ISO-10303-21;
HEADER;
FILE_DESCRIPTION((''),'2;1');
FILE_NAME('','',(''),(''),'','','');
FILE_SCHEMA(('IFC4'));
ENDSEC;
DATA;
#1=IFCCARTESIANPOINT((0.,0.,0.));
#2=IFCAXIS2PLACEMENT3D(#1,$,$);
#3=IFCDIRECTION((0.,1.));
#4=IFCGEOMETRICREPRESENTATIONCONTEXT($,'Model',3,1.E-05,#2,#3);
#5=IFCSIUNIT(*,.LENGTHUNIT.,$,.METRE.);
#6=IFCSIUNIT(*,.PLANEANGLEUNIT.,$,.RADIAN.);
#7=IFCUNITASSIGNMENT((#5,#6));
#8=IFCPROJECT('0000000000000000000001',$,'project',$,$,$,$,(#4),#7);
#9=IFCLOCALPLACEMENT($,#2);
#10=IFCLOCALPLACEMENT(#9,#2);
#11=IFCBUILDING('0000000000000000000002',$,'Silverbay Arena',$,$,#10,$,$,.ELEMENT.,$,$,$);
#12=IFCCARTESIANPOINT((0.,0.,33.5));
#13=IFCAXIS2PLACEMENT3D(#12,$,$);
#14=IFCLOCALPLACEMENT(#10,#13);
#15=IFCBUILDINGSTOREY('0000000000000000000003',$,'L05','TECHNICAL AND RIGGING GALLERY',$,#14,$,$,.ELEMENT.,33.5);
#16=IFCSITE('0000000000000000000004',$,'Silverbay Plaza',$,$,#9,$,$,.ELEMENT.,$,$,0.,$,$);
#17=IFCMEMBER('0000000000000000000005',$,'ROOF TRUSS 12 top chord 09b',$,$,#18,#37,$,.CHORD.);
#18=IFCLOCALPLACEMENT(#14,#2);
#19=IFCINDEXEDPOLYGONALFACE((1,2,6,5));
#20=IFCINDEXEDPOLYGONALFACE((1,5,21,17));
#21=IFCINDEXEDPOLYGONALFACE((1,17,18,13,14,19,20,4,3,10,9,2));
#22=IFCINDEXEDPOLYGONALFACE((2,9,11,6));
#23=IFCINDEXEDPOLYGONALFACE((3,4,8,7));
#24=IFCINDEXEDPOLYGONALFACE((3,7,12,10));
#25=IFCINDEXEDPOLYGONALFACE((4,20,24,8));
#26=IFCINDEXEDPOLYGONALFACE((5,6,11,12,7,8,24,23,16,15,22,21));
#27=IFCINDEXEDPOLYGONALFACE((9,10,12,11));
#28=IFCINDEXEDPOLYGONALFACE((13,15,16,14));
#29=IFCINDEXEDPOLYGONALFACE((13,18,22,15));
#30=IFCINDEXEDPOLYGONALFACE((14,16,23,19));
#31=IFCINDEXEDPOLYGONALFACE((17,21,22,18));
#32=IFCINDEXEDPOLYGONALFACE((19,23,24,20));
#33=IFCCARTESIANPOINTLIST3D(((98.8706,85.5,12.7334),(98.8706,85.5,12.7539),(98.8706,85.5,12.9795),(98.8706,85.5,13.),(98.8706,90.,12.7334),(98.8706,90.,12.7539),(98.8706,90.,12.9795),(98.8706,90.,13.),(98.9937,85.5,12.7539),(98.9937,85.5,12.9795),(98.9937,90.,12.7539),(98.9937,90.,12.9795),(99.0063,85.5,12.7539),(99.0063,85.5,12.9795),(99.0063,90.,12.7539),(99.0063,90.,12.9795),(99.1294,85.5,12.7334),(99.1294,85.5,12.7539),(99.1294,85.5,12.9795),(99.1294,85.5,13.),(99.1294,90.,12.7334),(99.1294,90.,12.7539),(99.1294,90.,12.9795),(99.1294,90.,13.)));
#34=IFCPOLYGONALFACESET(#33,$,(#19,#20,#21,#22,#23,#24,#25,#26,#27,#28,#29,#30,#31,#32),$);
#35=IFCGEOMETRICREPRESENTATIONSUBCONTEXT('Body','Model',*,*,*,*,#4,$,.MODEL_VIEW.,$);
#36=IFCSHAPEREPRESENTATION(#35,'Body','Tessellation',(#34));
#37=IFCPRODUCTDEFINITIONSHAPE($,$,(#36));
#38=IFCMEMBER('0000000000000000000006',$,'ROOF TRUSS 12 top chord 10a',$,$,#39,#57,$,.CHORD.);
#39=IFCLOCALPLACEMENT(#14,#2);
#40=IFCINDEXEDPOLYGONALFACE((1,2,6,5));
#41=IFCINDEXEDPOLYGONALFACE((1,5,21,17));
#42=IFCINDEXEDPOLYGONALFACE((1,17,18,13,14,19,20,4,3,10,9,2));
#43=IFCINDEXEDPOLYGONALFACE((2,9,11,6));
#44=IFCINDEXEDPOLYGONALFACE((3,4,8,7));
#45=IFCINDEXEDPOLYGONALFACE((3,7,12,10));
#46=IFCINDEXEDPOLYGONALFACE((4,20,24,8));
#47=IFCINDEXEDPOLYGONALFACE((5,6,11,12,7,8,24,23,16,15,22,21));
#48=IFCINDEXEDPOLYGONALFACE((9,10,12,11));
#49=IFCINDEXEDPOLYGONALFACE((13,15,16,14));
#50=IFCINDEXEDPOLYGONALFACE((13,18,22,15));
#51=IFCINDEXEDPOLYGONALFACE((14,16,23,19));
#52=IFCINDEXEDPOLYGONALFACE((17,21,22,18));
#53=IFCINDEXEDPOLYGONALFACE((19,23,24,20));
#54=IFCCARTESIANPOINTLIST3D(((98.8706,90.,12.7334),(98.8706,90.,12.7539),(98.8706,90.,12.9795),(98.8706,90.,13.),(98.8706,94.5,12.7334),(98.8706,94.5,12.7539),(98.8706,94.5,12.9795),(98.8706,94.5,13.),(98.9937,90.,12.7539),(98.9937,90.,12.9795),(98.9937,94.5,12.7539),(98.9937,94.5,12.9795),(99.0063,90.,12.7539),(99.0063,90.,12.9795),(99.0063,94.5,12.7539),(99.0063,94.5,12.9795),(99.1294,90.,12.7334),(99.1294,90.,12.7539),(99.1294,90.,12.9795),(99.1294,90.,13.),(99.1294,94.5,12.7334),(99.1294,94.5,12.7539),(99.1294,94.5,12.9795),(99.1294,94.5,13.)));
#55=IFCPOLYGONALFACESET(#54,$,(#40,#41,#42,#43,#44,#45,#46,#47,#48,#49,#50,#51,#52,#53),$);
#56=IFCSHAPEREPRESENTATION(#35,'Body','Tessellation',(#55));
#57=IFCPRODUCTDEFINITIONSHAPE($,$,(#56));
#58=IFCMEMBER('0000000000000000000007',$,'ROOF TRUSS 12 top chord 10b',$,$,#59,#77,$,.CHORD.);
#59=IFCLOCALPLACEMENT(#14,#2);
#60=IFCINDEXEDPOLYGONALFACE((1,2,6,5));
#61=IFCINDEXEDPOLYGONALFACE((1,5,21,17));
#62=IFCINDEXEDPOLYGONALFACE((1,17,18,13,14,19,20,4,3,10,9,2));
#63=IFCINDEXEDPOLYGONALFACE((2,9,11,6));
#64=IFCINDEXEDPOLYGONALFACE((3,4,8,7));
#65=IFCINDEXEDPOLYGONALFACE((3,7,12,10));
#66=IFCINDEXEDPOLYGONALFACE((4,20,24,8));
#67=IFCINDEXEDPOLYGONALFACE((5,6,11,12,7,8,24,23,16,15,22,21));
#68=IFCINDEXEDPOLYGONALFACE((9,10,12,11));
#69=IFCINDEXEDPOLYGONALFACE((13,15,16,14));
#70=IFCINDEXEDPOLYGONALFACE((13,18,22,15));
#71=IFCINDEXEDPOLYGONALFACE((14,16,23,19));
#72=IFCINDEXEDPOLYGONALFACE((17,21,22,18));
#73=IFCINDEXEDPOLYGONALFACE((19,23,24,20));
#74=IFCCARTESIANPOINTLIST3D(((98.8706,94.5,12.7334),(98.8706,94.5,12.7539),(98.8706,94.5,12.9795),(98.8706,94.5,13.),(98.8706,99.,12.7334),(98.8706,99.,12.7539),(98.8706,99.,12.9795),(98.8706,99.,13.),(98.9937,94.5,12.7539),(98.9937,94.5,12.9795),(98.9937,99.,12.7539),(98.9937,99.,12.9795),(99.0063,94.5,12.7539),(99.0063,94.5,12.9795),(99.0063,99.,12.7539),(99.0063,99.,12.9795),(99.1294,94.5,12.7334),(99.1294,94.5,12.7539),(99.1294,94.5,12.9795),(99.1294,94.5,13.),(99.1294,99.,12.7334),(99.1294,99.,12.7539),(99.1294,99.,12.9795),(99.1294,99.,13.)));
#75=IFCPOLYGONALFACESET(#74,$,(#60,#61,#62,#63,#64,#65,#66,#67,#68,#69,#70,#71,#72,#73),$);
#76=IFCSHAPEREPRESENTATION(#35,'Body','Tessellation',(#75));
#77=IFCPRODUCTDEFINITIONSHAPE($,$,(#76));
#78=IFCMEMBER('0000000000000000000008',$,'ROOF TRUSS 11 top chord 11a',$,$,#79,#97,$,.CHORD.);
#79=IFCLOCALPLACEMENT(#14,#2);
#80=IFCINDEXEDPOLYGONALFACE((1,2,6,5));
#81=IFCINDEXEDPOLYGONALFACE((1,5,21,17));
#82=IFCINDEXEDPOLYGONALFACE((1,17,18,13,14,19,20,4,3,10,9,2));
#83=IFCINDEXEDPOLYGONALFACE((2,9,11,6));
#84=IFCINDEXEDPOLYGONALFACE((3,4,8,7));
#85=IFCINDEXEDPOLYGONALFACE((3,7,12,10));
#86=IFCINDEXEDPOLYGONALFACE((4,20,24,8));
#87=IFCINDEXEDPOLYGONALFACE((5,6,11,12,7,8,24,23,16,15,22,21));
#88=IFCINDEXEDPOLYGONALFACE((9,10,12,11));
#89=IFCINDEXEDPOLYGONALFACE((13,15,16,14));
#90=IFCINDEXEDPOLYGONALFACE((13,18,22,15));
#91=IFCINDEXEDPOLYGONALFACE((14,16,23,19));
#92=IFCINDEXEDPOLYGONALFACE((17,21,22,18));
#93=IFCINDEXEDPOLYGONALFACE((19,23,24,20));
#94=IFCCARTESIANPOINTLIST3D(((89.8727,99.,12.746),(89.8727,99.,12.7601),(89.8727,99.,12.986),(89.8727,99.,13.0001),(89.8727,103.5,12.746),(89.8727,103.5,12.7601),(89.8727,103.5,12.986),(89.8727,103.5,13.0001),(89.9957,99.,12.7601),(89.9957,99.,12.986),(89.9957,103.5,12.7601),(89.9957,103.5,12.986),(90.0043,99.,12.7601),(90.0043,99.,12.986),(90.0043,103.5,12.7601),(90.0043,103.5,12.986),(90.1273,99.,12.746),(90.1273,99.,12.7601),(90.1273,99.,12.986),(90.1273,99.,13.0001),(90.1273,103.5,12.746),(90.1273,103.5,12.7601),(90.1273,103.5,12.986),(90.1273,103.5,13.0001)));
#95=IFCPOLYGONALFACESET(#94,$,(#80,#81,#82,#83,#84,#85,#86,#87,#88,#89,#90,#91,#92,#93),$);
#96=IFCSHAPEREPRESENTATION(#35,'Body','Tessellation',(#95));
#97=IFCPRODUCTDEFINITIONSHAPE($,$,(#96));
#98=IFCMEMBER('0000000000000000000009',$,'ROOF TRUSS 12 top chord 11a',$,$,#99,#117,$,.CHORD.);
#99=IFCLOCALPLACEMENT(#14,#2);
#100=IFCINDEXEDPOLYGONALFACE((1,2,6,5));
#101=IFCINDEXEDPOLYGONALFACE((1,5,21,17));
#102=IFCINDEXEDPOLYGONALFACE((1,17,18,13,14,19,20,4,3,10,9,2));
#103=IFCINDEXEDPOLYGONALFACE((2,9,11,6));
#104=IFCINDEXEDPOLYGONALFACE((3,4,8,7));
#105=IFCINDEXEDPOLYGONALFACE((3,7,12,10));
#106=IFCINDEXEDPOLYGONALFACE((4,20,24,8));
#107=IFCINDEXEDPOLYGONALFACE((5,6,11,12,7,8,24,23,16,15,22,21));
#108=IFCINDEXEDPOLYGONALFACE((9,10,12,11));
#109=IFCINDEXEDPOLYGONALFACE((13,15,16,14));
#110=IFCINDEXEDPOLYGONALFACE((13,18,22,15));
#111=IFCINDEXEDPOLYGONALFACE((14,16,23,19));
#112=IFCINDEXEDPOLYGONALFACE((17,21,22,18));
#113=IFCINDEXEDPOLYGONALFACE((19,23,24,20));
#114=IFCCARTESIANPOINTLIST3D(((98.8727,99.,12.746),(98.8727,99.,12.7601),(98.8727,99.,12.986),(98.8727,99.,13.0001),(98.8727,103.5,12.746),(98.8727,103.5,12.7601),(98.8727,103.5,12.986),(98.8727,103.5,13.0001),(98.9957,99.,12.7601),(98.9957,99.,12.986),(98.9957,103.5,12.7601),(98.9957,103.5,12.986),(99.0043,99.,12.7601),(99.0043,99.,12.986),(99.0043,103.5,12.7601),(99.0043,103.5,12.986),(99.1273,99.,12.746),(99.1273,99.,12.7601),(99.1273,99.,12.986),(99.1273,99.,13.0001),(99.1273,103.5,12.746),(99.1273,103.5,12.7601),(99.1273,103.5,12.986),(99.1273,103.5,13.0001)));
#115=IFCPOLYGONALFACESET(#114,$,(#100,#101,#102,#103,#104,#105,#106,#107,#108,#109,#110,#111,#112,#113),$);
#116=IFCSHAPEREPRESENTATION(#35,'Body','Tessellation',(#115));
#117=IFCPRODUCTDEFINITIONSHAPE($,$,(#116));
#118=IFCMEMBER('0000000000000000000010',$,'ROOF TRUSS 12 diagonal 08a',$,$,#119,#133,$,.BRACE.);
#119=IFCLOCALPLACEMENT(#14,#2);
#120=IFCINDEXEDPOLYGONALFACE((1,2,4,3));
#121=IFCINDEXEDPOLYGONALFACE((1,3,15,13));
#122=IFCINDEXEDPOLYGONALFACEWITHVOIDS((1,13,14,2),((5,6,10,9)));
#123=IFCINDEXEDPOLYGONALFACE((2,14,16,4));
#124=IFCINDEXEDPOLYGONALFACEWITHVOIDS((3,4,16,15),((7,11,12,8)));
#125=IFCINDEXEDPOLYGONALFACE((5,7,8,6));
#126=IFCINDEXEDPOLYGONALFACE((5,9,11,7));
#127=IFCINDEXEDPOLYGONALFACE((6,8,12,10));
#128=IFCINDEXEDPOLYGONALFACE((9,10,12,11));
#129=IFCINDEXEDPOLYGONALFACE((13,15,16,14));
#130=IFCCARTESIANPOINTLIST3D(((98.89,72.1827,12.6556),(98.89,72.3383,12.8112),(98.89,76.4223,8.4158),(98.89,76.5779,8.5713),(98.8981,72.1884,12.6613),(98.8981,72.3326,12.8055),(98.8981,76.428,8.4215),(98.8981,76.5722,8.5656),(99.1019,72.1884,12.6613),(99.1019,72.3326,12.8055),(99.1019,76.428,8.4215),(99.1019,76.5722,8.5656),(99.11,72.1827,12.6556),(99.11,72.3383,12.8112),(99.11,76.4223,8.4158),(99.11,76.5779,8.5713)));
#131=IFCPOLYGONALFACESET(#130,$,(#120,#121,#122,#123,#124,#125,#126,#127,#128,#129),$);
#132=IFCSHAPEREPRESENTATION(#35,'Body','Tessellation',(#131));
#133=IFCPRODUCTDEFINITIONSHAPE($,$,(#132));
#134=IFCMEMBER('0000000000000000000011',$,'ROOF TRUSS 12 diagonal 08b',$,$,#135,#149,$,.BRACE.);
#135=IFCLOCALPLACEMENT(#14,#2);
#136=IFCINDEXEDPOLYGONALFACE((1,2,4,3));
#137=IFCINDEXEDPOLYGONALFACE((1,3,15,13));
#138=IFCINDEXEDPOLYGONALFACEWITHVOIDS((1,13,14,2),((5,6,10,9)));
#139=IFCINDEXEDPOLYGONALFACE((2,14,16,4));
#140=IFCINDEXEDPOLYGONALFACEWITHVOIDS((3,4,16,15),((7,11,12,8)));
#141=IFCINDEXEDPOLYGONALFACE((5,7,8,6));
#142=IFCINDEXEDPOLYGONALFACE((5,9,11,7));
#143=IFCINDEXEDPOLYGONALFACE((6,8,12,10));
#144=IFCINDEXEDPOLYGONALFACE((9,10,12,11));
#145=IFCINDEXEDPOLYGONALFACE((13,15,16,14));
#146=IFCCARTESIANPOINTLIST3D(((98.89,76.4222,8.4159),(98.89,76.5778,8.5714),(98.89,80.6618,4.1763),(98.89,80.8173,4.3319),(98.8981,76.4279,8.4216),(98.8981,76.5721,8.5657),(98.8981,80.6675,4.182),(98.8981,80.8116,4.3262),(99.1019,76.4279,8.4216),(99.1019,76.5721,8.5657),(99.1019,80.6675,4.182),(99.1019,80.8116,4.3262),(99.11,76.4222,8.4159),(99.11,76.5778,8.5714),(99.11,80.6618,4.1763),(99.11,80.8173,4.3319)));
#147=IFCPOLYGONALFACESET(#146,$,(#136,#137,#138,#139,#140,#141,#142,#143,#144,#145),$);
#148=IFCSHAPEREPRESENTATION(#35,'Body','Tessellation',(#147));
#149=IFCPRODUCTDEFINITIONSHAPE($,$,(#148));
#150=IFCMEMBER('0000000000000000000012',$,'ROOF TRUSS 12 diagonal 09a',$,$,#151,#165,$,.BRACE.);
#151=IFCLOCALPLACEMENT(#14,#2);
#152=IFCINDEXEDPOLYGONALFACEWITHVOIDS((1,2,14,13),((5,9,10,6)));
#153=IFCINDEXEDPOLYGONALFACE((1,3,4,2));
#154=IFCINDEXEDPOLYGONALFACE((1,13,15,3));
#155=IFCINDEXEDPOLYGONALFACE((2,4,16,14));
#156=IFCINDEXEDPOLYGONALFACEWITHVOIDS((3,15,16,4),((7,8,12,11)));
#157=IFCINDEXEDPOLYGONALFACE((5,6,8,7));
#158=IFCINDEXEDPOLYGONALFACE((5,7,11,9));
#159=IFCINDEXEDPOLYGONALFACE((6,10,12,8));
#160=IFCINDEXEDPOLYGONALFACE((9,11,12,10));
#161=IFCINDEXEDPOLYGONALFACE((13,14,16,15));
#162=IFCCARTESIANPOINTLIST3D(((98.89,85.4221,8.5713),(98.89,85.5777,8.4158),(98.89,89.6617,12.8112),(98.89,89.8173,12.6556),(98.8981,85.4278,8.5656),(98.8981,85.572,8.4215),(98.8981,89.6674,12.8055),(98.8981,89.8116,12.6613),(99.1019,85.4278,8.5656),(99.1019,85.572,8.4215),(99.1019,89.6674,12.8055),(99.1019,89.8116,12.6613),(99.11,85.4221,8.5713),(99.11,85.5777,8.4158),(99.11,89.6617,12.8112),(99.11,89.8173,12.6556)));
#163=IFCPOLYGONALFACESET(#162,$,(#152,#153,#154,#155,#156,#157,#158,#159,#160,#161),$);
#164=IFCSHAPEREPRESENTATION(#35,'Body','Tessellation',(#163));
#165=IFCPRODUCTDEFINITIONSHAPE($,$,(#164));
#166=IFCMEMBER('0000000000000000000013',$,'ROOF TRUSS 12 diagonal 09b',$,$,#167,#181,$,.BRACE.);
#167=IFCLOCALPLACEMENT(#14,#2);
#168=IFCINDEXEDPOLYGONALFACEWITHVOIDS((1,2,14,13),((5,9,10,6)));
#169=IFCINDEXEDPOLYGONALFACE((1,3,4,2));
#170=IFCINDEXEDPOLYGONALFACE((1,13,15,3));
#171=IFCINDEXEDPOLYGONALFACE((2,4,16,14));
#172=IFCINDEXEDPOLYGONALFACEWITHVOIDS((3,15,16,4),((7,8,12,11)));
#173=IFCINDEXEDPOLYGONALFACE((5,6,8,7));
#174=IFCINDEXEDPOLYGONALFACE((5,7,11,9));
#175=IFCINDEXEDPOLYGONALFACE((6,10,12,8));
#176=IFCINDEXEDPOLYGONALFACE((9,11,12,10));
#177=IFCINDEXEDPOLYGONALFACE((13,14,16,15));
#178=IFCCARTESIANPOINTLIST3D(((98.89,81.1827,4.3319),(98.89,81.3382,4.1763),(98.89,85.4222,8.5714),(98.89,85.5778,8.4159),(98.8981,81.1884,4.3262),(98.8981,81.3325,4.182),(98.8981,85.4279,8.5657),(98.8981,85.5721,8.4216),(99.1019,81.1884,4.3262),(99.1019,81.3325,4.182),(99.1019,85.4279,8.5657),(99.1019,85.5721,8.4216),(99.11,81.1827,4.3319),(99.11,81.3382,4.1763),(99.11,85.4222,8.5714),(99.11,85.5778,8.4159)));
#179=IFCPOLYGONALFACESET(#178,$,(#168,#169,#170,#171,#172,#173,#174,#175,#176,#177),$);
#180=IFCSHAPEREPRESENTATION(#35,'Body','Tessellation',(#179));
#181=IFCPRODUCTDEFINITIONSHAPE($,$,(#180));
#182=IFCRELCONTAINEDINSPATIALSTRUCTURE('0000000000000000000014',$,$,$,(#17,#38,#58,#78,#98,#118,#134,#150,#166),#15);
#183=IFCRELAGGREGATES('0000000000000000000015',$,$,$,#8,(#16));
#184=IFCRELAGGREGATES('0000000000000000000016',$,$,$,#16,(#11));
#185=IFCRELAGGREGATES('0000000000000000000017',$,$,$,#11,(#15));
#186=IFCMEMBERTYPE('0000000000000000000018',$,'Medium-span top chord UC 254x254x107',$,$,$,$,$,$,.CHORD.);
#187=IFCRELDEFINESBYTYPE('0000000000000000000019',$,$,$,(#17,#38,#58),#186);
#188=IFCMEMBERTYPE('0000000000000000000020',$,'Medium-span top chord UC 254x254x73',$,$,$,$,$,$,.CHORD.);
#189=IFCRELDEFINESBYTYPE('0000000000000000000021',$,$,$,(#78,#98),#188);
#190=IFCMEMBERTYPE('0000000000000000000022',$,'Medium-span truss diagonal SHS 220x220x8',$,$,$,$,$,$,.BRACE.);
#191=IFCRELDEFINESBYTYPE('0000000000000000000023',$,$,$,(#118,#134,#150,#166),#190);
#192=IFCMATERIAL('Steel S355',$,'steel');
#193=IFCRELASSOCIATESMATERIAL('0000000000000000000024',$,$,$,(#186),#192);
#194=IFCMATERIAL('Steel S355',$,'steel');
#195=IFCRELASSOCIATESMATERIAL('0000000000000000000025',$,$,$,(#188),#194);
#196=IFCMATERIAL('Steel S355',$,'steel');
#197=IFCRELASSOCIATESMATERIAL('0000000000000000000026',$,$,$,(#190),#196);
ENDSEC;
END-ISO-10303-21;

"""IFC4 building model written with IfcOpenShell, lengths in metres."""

from ifc_helpers import new_model, si_unit, direction, frame, origin, origin_2d, place, context, subcontext, project, spatial, hollow_rectangle, i_section, extrude, material, material_profile, profile_set, type_object, element, save


model = new_model("IFC4")

# Units and contexts
model_context = context("Model", 3, precision=1e-05, world=origin(), true_north=direction((0.0, 1.0)))
body_context = subcontext(model_context, "Body", "Model", "MODEL_VIEW")
ifc_project = project(units=[si_unit("LENGTHUNIT", "METRE"), si_unit("PLANEANGLEUNIT", "RADIAN")], contexts=[model_context])

# Site, building, storey
site_placement = place(None, origin())
site = spatial("IfcSite", under=ifc_project, at=site_placement, Name="Silverbay Plaza", CompositionType="ELEMENT", RefElevation=0.0)
building_placement = place(site_placement, origin())
building = spatial("IfcBuilding", under=site, at=building_placement, Name="Silverbay Arena", CompositionType="ELEMENT")
storey_placement = place(building_placement, frame((0.0, 0.0, 33.5)))
storey = spatial("IfcBuildingStorey", under=building, at=storey_placement, Name="L05", Description="TECHNICAL AND RIGGING GALLERY", CompositionType="ELEMENT", Elevation=33.5)

# Members
ifc_material_1 = material(Name="Steel S355", Category="steel")
ifc_material_profile_1 = material_profile(ifc_material_1, i_section(OverallWidth=0.2588, OverallDepth=0.2666, WebThickness=0.0127, FlangeThickness=0.0205, at=origin_2d()), Name="UC 254x254x107")
ifc_profile_set_1 = profile_set([ifc_material_profile_1], Name="Steel S355")
member_type_1 = type_object("IfcMemberType", Name="Medium-span top chord UC 254x254x107", PredefinedType="CHORD", material=ifc_profile_set_1)
for number, where, z_axis, x_axis, name in (
    (1, (99.0, 85.5, 12.8667), (0.0, 1.0, 0.0), (-1.0, 0.0, 0.0), "ROOF TRUSS 12 top chord 09b"),
    (2, (99.0, 90.0, 12.8667), (0.0, 1.0, 0.0), (-1.0, 0.0, 0.0), "ROOF TRUSS 12 top chord 10a"),
    (3, (99.0, 94.5, 12.8667), (0.0, 1.0, 0.0), (-1.0, 0.0, 0.0), "ROOF TRUSS 12 top chord 10b"),
):
    element("IfcMember", number, at=place(storey_placement, frame(where, z_axis=z_axis, x_axis=x_axis)), inside=storey, type_object=member_type_1, Name=name, PredefinedType="CHORD", context=body_context, shape_type="SweptSolid", body=[
        extrude(i_section(OverallWidth=0.2588, OverallDepth=0.2666, WebThickness=0.0127, FlangeThickness=0.0205, at=origin_2d()), origin(), (0.0, 0.0, 1.0), 4.5),
    ])
ifc_material_2 = material(Name="Steel S355", Category="steel")
ifc_material_profile_2 = material_profile(ifc_material_2, i_section(OverallWidth=0.2546, OverallDepth=0.2542, WebThickness=0.0085, FlangeThickness=0.0142, at=origin_2d()), Name="UC 254x254x73")
ifc_profile_set_2 = profile_set([ifc_material_profile_2], Name="Steel S355")
member_type_2 = type_object("IfcMemberType", Name="Medium-span top chord UC 254x254x73", PredefinedType="CHORD", material=ifc_profile_set_2)
for number, where, z_axis, x_axis, name in (
    (4, (90.0, 99.0, 12.873), (0.0, 1.0, 0.0), (-1.0, 0.0, 0.0), "ROOF TRUSS 11 top chord 11a"),
    (5, (99.0, 99.0, 12.873), (0.0, 1.0, 0.0), (-1.0, 0.0, 0.0), "ROOF TRUSS 12 top chord 11a"),
):
    element("IfcMember", number, at=place(storey_placement, frame(where, z_axis=z_axis, x_axis=x_axis)), inside=storey, type_object=member_type_2, Name=name, PredefinedType="CHORD", context=body_context, shape_type="SweptSolid", body=[
        extrude(i_section(OverallWidth=0.2546, OverallDepth=0.2542, WebThickness=0.0085, FlangeThickness=0.0142, at=origin_2d()), origin(), (0.0, 0.0, 1.0), 4.5),
    ])
ifc_material_3 = material(Name="Steel S355", Category="steel")
ifc_material_profile_3 = material_profile(ifc_material_3, hollow_rectangle(XDim=0.22, YDim=0.22, WallThickness=0.0081, at=origin_2d()), Name="SHS 220x220x8")
ifc_profile_set_3 = profile_set([ifc_material_profile_3], Name="Steel S355")
member_type_3 = type_object("IfcMemberType", Name="Medium-span truss diagonal SHS 220x220x8", PredefinedType="BRACE", material=ifc_profile_set_3)
member_1_placement = place(storey_placement, frame((99.0, 72.2605, 12.7334), z_axis=(0.0, 0.707086, -0.707127), x_axis=(-1.0, 0.0, 0.0)))
element("IfcMember", 6, at=member_1_placement, inside=storey, type_object=member_type_3, Name="ROOF TRUSS 12 diagonal 08a", PredefinedType="BRACE", context=body_context, shape_type="SweptSolid", body=[
    extrude(hollow_rectangle(XDim=0.22, YDim=0.22, WallThickness=0.0081, at=origin_2d()), origin(), (0.0, 0.0, 1.0), 5.9958),
])
member_2_placement = place(storey_placement, frame((99.0, 76.5, 8.4937), z_axis=(0.0, 0.707107, -0.707107), x_axis=(-1.0, 0.0, 0.0)))
element("IfcMember", 7, at=member_2_placement, inside=storey, type_object=member_type_3, Name="ROOF TRUSS 12 diagonal 08b", PredefinedType="BRACE", context=body_context, shape_type="SweptSolid", body=[
    extrude(hollow_rectangle(XDim=0.22, YDim=0.22, WallThickness=0.0081, at=origin_2d()), origin(), (0.0, 0.0, 1.0), 5.9956),
])
member_3_placement = place(storey_placement, frame((99.0, 89.7395, 12.7334), z_axis=(0.0, -0.707086, -0.707127), x_axis=(1.0, 0.0, 0.0)))
element("IfcMember", 8, at=member_3_placement, inside=storey, type_object=member_type_3, Name="ROOF TRUSS 12 diagonal 09a", PredefinedType="BRACE", context=body_context, shape_type="SweptSolid", body=[
    extrude(hollow_rectangle(XDim=0.22, YDim=0.22, WallThickness=0.0081, at=origin_2d()), origin(), (0.0, 0.0, 1.0), 5.9958),
])
member_4_placement = place(storey_placement, frame((99.0, 85.5, 8.4937), z_axis=(0.0, -0.707107, -0.707107), x_axis=(1.0, 0.0, 0.0)))
element("IfcMember", 9, at=member_4_placement, inside=storey, type_object=member_type_3, Name="ROOF TRUSS 12 diagonal 09b", PredefinedType="BRACE", context=body_context, shape_type="SweptSolid", body=[
    extrude(hollow_rectangle(XDim=0.22, YDim=0.22, WallThickness=0.0081, at=origin_2d()), origin(), (0.0, 0.0, 1.0), 5.9956),
])

save(model, "model.ifc")
